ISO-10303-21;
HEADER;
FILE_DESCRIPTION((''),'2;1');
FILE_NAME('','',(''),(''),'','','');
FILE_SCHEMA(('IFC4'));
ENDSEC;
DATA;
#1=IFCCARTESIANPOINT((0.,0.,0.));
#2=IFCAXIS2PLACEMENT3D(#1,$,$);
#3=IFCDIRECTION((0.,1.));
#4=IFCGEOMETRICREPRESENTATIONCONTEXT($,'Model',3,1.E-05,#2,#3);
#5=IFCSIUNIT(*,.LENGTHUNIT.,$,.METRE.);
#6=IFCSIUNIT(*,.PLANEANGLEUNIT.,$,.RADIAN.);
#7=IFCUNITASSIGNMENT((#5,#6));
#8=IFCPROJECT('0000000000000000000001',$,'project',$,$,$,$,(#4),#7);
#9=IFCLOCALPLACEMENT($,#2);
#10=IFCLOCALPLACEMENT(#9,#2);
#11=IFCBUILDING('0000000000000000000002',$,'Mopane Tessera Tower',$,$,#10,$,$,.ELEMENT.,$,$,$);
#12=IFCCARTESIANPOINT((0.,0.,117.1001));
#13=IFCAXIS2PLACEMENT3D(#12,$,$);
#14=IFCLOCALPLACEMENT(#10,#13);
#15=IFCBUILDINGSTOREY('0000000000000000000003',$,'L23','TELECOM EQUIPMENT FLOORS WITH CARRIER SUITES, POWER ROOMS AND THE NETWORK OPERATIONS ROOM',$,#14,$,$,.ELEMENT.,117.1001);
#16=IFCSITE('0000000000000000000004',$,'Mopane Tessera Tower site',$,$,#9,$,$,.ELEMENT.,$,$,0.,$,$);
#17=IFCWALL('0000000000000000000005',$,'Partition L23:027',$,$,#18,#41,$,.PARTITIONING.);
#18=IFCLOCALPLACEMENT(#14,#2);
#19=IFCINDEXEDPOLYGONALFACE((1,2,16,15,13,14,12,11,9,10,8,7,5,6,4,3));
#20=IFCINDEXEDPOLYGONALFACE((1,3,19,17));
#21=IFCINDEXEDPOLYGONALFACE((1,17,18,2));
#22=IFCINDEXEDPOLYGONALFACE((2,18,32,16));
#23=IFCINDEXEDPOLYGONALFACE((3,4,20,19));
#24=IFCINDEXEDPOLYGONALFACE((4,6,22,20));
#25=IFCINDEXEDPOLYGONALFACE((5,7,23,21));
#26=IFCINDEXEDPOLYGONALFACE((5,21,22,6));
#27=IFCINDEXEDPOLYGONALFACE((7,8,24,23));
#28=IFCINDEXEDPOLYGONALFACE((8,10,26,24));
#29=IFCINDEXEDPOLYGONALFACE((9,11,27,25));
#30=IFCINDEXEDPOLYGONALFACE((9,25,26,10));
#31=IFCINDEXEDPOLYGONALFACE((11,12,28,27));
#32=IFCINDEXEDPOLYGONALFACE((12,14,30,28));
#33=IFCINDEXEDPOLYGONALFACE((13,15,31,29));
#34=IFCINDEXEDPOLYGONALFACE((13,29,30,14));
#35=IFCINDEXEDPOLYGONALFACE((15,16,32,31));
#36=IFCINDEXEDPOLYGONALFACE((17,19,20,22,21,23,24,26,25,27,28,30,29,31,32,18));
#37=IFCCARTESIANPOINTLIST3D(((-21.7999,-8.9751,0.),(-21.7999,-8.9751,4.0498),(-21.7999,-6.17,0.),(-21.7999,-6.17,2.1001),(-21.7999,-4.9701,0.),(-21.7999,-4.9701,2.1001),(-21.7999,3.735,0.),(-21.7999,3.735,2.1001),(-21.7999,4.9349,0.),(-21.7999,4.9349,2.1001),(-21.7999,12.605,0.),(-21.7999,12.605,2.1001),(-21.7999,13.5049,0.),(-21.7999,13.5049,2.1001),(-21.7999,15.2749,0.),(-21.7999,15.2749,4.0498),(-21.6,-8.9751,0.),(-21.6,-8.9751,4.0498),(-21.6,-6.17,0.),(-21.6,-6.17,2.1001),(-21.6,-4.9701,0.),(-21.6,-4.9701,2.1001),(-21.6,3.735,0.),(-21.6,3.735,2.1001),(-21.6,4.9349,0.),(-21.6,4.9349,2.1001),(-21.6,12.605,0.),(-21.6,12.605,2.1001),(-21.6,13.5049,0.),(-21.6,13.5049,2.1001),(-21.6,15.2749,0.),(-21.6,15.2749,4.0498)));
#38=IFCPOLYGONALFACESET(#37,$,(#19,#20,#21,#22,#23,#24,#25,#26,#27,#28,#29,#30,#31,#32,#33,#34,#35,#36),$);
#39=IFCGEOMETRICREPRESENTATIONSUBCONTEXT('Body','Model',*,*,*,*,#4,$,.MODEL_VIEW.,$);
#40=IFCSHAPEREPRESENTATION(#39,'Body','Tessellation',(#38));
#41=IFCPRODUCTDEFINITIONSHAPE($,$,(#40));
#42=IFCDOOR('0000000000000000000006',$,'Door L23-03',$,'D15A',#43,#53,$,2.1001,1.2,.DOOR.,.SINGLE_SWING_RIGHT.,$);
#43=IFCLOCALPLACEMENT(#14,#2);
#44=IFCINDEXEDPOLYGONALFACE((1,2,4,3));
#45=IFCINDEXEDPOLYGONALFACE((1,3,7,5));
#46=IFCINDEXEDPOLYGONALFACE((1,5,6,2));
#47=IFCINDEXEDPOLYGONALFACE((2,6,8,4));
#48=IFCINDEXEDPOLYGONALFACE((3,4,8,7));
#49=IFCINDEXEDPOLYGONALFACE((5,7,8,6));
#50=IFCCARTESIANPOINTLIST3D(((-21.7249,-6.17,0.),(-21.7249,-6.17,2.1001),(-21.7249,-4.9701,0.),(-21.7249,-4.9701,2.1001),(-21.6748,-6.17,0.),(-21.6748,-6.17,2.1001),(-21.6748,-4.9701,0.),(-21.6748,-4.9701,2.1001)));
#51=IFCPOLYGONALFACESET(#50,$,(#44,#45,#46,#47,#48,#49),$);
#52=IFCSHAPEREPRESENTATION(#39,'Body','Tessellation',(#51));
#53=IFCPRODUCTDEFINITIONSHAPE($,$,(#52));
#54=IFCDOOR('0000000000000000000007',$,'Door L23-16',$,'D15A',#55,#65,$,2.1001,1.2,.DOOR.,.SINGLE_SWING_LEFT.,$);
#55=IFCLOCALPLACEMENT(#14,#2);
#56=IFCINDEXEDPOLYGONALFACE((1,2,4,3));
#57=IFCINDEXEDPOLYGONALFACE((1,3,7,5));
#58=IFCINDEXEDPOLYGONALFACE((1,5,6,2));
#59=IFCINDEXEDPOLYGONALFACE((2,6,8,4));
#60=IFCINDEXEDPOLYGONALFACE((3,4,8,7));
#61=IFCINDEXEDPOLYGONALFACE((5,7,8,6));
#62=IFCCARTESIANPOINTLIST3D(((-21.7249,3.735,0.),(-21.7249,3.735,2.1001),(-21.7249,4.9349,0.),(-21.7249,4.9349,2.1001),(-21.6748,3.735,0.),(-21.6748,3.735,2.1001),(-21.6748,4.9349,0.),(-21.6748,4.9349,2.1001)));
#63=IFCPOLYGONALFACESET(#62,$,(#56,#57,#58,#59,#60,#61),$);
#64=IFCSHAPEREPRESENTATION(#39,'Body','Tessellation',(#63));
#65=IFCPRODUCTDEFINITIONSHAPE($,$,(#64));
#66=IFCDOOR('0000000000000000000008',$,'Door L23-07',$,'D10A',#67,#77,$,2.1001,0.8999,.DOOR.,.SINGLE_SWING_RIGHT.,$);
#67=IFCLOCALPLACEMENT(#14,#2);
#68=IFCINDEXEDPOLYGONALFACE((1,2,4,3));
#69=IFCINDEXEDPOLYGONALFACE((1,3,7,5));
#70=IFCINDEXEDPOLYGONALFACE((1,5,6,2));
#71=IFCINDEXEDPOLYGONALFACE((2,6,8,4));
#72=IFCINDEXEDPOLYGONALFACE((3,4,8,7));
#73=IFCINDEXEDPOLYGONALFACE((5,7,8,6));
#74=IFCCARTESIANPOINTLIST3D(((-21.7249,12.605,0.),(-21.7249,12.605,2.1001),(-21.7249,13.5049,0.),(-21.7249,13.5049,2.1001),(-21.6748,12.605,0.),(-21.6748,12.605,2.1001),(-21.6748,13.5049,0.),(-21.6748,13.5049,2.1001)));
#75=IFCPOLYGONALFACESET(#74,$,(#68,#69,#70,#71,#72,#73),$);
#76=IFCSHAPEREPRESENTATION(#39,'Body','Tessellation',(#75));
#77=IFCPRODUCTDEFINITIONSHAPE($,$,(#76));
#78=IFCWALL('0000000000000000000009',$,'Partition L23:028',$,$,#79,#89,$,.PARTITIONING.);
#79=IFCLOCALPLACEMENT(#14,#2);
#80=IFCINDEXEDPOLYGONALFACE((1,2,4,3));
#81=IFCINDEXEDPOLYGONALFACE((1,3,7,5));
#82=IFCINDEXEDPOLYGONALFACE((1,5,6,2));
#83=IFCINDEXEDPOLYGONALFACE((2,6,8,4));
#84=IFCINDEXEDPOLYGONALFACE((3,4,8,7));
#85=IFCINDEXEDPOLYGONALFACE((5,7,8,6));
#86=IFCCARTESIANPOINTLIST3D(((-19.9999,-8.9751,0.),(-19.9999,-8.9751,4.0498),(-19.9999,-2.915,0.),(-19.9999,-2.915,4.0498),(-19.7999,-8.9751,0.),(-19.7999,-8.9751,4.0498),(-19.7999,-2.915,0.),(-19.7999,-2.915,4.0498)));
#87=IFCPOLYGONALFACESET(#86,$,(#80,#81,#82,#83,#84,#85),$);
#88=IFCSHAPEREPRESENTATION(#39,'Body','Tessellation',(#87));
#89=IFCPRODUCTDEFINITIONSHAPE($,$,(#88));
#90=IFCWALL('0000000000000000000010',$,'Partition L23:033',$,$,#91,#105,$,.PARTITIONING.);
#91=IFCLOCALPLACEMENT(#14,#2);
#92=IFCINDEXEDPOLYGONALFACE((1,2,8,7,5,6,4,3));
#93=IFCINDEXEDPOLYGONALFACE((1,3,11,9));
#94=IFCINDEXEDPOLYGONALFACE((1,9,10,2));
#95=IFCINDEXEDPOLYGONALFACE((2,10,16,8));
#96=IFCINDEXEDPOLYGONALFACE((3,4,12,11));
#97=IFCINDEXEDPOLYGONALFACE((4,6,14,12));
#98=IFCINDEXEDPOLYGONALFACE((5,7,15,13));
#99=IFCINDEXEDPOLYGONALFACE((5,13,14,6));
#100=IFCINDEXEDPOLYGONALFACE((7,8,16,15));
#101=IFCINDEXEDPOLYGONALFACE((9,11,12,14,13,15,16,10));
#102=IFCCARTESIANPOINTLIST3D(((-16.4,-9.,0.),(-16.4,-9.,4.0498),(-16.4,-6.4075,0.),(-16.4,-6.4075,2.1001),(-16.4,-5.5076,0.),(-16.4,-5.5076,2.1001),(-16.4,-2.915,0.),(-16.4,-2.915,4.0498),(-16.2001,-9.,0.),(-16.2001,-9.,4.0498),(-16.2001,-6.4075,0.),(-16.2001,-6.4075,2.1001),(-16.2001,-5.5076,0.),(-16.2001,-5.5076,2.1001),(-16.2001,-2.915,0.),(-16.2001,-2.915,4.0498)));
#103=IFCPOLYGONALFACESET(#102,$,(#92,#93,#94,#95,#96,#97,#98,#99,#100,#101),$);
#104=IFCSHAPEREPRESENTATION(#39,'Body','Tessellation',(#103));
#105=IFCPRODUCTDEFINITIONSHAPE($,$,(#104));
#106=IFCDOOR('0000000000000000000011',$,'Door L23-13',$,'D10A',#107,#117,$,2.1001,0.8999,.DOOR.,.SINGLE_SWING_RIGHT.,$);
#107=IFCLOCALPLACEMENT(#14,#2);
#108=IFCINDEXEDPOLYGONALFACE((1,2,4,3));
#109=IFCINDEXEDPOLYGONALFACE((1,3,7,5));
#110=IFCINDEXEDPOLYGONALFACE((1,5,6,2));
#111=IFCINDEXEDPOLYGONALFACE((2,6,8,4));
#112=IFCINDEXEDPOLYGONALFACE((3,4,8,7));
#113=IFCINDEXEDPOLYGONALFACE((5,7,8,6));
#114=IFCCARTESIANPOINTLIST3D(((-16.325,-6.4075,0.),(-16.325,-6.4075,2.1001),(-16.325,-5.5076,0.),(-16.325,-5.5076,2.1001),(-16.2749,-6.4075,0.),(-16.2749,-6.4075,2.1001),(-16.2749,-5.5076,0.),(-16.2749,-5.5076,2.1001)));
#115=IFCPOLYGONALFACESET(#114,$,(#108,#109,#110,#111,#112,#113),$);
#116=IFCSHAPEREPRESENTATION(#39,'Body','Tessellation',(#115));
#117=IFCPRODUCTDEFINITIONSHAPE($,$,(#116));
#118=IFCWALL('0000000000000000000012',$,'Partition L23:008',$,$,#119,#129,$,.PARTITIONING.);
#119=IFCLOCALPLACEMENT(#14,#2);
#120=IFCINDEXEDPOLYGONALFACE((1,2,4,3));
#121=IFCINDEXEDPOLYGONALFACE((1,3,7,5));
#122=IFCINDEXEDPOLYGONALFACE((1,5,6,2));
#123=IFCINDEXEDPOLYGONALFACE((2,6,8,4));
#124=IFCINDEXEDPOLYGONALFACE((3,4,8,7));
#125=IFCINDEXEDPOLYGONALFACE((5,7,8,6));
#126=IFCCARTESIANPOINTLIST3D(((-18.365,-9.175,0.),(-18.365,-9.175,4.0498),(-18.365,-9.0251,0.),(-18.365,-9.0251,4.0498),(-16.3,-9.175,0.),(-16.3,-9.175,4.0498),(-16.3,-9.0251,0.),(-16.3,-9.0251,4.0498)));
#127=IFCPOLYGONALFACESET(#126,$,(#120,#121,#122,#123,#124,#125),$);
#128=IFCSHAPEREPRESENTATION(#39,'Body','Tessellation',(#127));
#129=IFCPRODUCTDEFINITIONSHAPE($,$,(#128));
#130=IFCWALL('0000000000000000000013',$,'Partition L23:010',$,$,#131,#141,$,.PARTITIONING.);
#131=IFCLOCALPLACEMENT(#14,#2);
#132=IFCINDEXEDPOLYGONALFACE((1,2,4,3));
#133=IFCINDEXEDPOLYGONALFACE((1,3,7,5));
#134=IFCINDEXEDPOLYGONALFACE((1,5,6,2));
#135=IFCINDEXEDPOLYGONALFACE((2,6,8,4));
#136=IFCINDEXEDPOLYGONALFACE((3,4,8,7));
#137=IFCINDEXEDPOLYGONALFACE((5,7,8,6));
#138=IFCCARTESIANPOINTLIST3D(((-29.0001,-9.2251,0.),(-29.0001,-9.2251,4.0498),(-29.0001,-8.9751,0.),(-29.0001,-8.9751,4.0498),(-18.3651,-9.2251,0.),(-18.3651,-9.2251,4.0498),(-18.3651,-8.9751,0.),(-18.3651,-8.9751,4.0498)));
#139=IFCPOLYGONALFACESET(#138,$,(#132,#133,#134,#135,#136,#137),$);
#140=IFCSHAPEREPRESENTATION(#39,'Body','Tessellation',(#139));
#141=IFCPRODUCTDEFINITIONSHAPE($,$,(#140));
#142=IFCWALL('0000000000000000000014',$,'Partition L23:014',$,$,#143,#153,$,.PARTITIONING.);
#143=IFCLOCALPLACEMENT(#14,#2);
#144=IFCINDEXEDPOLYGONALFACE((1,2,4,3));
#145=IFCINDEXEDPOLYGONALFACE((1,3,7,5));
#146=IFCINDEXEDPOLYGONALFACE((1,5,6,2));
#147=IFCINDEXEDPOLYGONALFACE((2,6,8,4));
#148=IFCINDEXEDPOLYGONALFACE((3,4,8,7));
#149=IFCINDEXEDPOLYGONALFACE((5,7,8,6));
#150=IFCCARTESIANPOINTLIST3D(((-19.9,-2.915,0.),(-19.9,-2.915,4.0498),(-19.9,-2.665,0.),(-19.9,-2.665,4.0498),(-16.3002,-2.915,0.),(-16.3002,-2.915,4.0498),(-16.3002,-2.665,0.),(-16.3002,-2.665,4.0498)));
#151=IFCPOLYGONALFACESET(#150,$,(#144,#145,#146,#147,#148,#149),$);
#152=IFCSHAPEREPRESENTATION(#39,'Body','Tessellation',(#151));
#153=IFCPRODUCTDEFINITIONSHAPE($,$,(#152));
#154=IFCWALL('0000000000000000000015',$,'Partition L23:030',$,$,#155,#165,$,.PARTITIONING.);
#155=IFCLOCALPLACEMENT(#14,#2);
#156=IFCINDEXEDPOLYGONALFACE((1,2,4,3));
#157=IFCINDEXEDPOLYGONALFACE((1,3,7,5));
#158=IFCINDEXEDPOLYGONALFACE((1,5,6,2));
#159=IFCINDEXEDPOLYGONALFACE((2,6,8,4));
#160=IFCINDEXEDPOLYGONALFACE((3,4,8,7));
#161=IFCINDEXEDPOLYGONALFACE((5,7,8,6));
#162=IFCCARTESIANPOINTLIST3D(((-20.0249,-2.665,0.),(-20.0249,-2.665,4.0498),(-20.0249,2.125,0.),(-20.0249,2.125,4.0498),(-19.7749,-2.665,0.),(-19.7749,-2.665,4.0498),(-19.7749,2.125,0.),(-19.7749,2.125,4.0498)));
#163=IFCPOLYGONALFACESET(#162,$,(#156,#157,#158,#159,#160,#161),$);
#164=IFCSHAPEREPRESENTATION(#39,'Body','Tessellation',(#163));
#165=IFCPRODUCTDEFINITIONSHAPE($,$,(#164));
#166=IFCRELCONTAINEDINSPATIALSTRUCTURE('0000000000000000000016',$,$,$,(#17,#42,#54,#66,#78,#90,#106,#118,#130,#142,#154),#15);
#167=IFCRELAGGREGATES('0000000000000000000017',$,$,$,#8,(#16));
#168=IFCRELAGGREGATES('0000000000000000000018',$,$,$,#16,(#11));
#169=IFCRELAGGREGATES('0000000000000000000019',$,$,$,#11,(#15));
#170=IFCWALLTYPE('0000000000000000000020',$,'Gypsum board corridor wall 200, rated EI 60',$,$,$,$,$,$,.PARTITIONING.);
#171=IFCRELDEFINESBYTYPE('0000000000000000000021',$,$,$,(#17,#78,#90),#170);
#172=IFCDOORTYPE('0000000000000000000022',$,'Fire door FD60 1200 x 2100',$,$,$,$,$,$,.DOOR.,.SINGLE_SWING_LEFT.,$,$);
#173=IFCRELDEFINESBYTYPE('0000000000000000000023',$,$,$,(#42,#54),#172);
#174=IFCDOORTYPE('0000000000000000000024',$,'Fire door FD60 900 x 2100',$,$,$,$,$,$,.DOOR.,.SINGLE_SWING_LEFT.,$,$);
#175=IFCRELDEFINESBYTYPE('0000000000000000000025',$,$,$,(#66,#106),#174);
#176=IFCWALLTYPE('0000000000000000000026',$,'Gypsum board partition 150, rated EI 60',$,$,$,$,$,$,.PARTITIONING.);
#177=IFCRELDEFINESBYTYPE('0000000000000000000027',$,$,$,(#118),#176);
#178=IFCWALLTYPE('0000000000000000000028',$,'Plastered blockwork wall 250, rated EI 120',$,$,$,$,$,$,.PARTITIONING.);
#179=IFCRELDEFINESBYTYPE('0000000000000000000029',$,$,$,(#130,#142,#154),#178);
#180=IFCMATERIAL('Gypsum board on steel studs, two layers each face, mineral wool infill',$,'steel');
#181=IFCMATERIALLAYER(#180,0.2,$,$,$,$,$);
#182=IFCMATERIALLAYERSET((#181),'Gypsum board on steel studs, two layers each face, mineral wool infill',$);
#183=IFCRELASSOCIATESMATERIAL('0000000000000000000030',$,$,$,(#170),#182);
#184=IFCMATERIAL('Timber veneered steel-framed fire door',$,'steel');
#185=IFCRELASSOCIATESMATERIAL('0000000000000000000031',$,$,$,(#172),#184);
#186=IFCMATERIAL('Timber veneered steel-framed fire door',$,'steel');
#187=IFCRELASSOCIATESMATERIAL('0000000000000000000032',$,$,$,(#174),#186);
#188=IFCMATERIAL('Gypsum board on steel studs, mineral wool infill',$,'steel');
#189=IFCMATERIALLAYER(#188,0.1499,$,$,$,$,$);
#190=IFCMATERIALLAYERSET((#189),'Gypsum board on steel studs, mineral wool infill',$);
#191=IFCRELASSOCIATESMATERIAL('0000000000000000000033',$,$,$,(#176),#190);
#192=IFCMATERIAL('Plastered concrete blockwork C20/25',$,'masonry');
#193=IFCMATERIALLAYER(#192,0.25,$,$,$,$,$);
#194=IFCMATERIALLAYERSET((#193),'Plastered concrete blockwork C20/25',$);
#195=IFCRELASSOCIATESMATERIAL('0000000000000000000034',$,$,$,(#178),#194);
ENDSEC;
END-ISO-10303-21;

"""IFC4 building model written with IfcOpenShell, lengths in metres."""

from ifc_helpers import new_model, si_unit, direction, frame, frame_2d, origin, place, context, subcontext, project, spatial, rectangle, extrude, material, layer, layer_set, type_object, element, fill, save


model = new_model("IFC4")

# Units and contexts
model_context = context("Model", 3, precision=1e-05, world=origin(), true_north=direction((0.0, 1.0)))
body_context = subcontext(model_context, "Body", "Model", "MODEL_VIEW")
ifc_project = project(units=[si_unit("LENGTHUNIT", "METRE"), si_unit("PLANEANGLEUNIT", "RADIAN")], contexts=[model_context])

# Site, building, storey
site_placement = place(None, origin())
site = spatial("IfcSite", under=ifc_project, at=site_placement, Name="Mopane Tessera Tower site", CompositionType="ELEMENT", RefElevation=0.0)
building_placement = place(site_placement, origin())
building = spatial("IfcBuilding", under=site, at=building_placement, Name="Mopane Tessera Tower", CompositionType="ELEMENT")
storey_placement = place(building_placement, frame((0.0, 0.0, 117.1001)))
storey = spatial("IfcBuildingStorey", under=building, at=storey_placement, Name="L23", Description="TELECOM EQUIPMENT FLOORS WITH CARRIER SUITES, POWER ROOMS AND THE NETWORK OPERATIONS ROOM", CompositionType="ELEMENT", Elevation=117.1001)

# Shared definitions
ifc_material_1 = material(Name="Gypsum board on steel studs, two layers each face, mineral wool infill", Category="steel")
ifc_layer_1 = layer(ifc_material_1, 0.2)
ifc_layer_set_1 = layer_set([ifc_layer_1], Name="Gypsum board on steel studs, two layers each face, mineral wool infill")
wall_type_1 = type_object("IfcWallType", Name="Gypsum board corridor wall 200, rated EI 60", PredefinedType="PARTITIONING", material=ifc_layer_set_1)

# Wall, openings, doors
wall_1_placement = place(storey_placement, frame((-21.7, -8.9751, 0.0), z_axis=(0.0, 0.0, 1.0), x_axis=(0.0, 1.0, 0.0)))
wall_1 = element("IfcWall", 1, at=wall_1_placement, inside=storey, type_object=wall_type_1, Name="Partition L23:027", PredefinedType="PARTITIONING", context=body_context, shape_type="SweptSolid", body=[
    extrude(rectangle(XDim=24.25, YDim=0.2, at=frame_2d((12.125, 0.0))), origin(), (0.0, 0.0, 1.0), 4.0498),
])
opening_1_placement = place(wall_1_placement, frame((2.8049, 0.0, 0.0)))
opening_1 = element("IfcOpeningElement", 2, at=opening_1_placement, cuts=wall_1, PredefinedType="OPENING", context=body_context, shape_type="SweptSolid", body=[
    extrude(rectangle(XDim=1.2, YDim=2.1001, at=frame_2d((0.6001, 1.05))), frame((0.0, 0.1121, 0.0), z_axis=(0.0, -1.0, 0.0), x_axis=(1.0, 0.0, 0.0)), (0.0, 0.0, 1.0), 0.2239),
])
opening_2_placement = place(wall_1_placement, frame((21.5801, 0.0, 0.0)))
opening_2 = element("IfcOpeningElement", 3, at=opening_2_placement, cuts=wall_1, PredefinedType="OPENING", context=body_context, shape_type="SweptSolid", body=[
    extrude(rectangle(XDim=0.8999, YDim=2.1001, at=frame_2d((0.45, 1.05))), frame((0.0, 0.1121, 0.0), z_axis=(0.0, -1.0, 0.0), x_axis=(1.0, 0.0, 0.0)), (0.0, 0.0, 1.0), 0.2239),
])
opening_3_placement = place(wall_1_placement, frame((12.71, 0.0, 0.0)))
opening_3 = element("IfcOpeningElement", 4, at=opening_3_placement, cuts=wall_1, PredefinedType="OPENING", context=body_context, shape_type="SweptSolid", body=[
    extrude(rectangle(XDim=1.2, YDim=2.1001, at=frame_2d((0.6001, 1.05))), frame((0.0, 0.1121, 0.0), z_axis=(0.0, -1.0, 0.0), x_axis=(1.0, 0.0, 0.0)), (0.0, 0.0, 1.0), 0.2239),
])
ifc_material_2 = material(Name="Timber veneered steel-framed fire door", Category="steel")
door_type_1 = type_object("IfcDoorType", Name="Fire door FD60 1200 x 2100", OperationType="SINGLE_SWING_LEFT", PredefinedType="DOOR", material=ifc_material_2)
door_1_placement = place(opening_1_placement, origin())
door_1 = element("IfcDoor", 5, at=door_1_placement, inside=storey, type_object=door_type_1, Name="Door L23-03", ObjectType="D15A", OperationType="SINGLE_SWING_RIGHT", OverallHeight=2.1001, OverallWidth=1.2, PredefinedType="DOOR", context=body_context, shape_type="SweptSolid", body=[
    extrude(rectangle(XDim=1.2, YDim=2.1001, at=frame_2d((0.6001, 1.05))), frame((0.0, 0.0249, 0.0), z_axis=(0.0, -1.0, 0.0), x_axis=(1.0, 0.0, 0.0)), (0.0, 0.0, 1.0), 0.05),
])
fill(opening_1, door_1)
door_2_placement = place(opening_3_placement, origin())
door_2 = element("IfcDoor", 6, at=door_2_placement, inside=storey, type_object=door_type_1, Name="Door L23-16", ObjectType="D15A", OperationType="SINGLE_SWING_LEFT", OverallHeight=2.1001, OverallWidth=1.2, PredefinedType="DOOR", context=body_context, shape_type="SweptSolid", body=[
    extrude(rectangle(XDim=1.2, YDim=2.1001, at=frame_2d((0.6001, 1.05))), frame((0.0, 0.0249, 0.0), z_axis=(0.0, -1.0, 0.0), x_axis=(1.0, 0.0, 0.0)), (0.0, 0.0, 1.0), 0.05),
])
fill(opening_3, door_2)
ifc_material_3 = material(Name="Timber veneered steel-framed fire door", Category="steel")
door_type_2 = type_object("IfcDoorType", Name="Fire door FD60 900 x 2100", OperationType="SINGLE_SWING_LEFT", PredefinedType="DOOR", material=ifc_material_3)
door_3_placement = place(opening_2_placement, origin())
door_3 = element("IfcDoor", 7, at=door_3_placement, inside=storey, type_object=door_type_2, Name="Door L23-07", ObjectType="D10A", OperationType="SINGLE_SWING_RIGHT", OverallHeight=2.1001, OverallWidth=0.8999, PredefinedType="DOOR", context=body_context, shape_type="SweptSolid", body=[
    extrude(rectangle(XDim=0.8999, YDim=2.1001, at=frame_2d((0.45, 1.05))), frame((0.0, 0.0249, 0.0), z_axis=(0.0, -1.0, 0.0), x_axis=(1.0, 0.0, 0.0)), (0.0, 0.0, 1.0), 0.05),
])
fill(opening_2, door_3)

# Wall
wall_2_placement = place(storey_placement, frame((-19.8999, -8.9751, 0.0), z_axis=(0.0, 0.0, 1.0), x_axis=(0.0, 1.0, 0.0)))
element("IfcWall", 8, at=wall_2_placement, inside=storey, type_object=wall_type_1, Name="Partition L23:028", PredefinedType="PARTITIONING", context=body_context, shape_type="SweptSolid", body=[
    extrude(rectangle(XDim=6.0601, YDim=0.2, at=frame_2d((3.03, 0.0))), origin(), (0.0, 0.0, 1.0), 4.0498),
])

# Wall, opening, door
wall_3_placement = place(storey_placement, frame((-16.3, -9.0, 0.0), z_axis=(0.0, 0.0, 1.0), x_axis=(0.0, 1.0, 0.0)))
wall_3 = element("IfcWall", 9, at=wall_3_placement, inside=storey, type_object=wall_type_1, Name="Partition L23:033", PredefinedType="PARTITIONING", context=body_context, shape_type="SweptSolid", body=[
    extrude(rectangle(XDim=6.085, YDim=0.2, at=frame_2d((3.0425, 0.0))), origin(), (0.0, 0.0, 1.0), 4.0498),
])
opening_4_placement = place(wall_3_placement, frame((2.5925, 0.0, 0.0)))
opening_4 = element("IfcOpeningElement", 10, at=opening_4_placement, cuts=wall_3, PredefinedType="OPENING", context=body_context, shape_type="SweptSolid", body=[
    extrude(rectangle(XDim=0.8999, YDim=2.1001, at=frame_2d((0.45, 1.05))), frame((0.0, 0.1121, 0.0), z_axis=(0.0, -1.0, 0.0), x_axis=(1.0, 0.0, 0.0)), (0.0, 0.0, 1.0), 0.2239),
])
door_4_placement = place(opening_4_placement, origin())
door_4 = element("IfcDoor", 11, at=door_4_placement, inside=storey, type_object=door_type_2, Name="Door L23-13", ObjectType="D10A", OperationType="SINGLE_SWING_RIGHT", OverallHeight=2.1001, OverallWidth=0.8999, PredefinedType="DOOR", context=body_context, shape_type="SweptSolid", body=[
    extrude(rectangle(XDim=0.8999, YDim=2.1001, at=frame_2d((0.45, 1.05))), frame((0.0, 0.0249, 0.0), z_axis=(0.0, -1.0, 0.0), x_axis=(1.0, 0.0, 0.0)), (0.0, 0.0, 1.0), 0.05),
])
fill(opening_4, door_4)

# Walls
ifc_material_4 = material(Name="Gypsum board on steel studs, mineral wool infill", Category="steel")
ifc_layer_2 = layer(ifc_material_4, 0.1499)
ifc_layer_set_2 = layer_set([ifc_layer_2], Name="Gypsum board on steel studs, mineral wool infill")
wall_type_2 = type_object("IfcWallType", Name="Gypsum board partition 150, rated EI 60", PredefinedType="PARTITIONING", material=ifc_layer_set_2)
wall_4_placement = place(storey_placement, frame((-18.365, -9.1001, 0.0), z_axis=(0.0, 0.0, 1.0), x_axis=(1.0, 0.0, 0.0)))
element("IfcWall", 12, at=wall_4_placement, inside=storey, type_object=wall_type_2, Name="Partition L23:008", PredefinedType="PARTITIONING", context=body_context, shape_type="SweptSolid", body=[
    extrude(rectangle(XDim=2.0649, YDim=0.1499, at=frame_2d((1.0325, 0.0))), origin(), (0.0, 0.0, 1.0), 4.0498),
])
ifc_material_5 = material(Name="Plastered concrete blockwork C20/25", Category="masonry")
ifc_layer_3 = layer(ifc_material_5, 0.25)
ifc_layer_set_3 = layer_set([ifc_layer_3], Name="Plastered concrete blockwork C20/25")
wall_type_3 = type_object("IfcWallType", Name="Plastered blockwork wall 250, rated EI 120", PredefinedType="PARTITIONING", material=ifc_layer_set_3)
wall_5_placement = place(storey_placement, frame((-29.0, -9.1001, 0.0), z_axis=(0.0, 0.0, 1.0), x_axis=(1.0, 0.0, 0.0)))
element("IfcWall", 13, at=wall_5_placement, inside=storey, type_object=wall_type_3, Name="Partition L23:010", PredefinedType="PARTITIONING", context=body_context, shape_type="SweptSolid", body=[
    extrude(rectangle(XDim=10.635, YDim=0.25, at=frame_2d((5.3174, 0.0))), origin(), (0.0, 0.0, 1.0), 4.0498),
])
wall_6_placement = place(storey_placement, frame((-19.8999, -2.79, 0.0), z_axis=(0.0, 0.0, 1.0), x_axis=(1.0, 0.0, 0.0)))
element("IfcWall", 14, at=wall_6_placement, inside=storey, type_object=wall_type_3, Name="Partition L23:014", PredefinedType="PARTITIONING", context=body_context, shape_type="SweptSolid", body=[
    extrude(rectangle(XDim=3.5999, YDim=0.25, at=frame_2d((1.7998, 0.0))), origin(), (0.0, 0.0, 1.0), 4.0498),
])
wall_7_placement = place(storey_placement, frame((-19.8999, -2.665, 0.0), z_axis=(0.0, 0.0, 1.0), x_axis=(0.0, 1.0, 0.0)))
element("IfcWall", 15, at=wall_7_placement, inside=storey, type_object=wall_type_3, Name="Partition L23:030", PredefinedType="PARTITIONING", context=body_context, shape_type="SweptSolid", body=[
    extrude(rectangle(XDim=4.79, YDim=0.25, at=frame_2d((2.395, 0.0))), origin(), (0.0, 0.0, 1.0), 4.0498),
])

save(model, "model.ifc")
